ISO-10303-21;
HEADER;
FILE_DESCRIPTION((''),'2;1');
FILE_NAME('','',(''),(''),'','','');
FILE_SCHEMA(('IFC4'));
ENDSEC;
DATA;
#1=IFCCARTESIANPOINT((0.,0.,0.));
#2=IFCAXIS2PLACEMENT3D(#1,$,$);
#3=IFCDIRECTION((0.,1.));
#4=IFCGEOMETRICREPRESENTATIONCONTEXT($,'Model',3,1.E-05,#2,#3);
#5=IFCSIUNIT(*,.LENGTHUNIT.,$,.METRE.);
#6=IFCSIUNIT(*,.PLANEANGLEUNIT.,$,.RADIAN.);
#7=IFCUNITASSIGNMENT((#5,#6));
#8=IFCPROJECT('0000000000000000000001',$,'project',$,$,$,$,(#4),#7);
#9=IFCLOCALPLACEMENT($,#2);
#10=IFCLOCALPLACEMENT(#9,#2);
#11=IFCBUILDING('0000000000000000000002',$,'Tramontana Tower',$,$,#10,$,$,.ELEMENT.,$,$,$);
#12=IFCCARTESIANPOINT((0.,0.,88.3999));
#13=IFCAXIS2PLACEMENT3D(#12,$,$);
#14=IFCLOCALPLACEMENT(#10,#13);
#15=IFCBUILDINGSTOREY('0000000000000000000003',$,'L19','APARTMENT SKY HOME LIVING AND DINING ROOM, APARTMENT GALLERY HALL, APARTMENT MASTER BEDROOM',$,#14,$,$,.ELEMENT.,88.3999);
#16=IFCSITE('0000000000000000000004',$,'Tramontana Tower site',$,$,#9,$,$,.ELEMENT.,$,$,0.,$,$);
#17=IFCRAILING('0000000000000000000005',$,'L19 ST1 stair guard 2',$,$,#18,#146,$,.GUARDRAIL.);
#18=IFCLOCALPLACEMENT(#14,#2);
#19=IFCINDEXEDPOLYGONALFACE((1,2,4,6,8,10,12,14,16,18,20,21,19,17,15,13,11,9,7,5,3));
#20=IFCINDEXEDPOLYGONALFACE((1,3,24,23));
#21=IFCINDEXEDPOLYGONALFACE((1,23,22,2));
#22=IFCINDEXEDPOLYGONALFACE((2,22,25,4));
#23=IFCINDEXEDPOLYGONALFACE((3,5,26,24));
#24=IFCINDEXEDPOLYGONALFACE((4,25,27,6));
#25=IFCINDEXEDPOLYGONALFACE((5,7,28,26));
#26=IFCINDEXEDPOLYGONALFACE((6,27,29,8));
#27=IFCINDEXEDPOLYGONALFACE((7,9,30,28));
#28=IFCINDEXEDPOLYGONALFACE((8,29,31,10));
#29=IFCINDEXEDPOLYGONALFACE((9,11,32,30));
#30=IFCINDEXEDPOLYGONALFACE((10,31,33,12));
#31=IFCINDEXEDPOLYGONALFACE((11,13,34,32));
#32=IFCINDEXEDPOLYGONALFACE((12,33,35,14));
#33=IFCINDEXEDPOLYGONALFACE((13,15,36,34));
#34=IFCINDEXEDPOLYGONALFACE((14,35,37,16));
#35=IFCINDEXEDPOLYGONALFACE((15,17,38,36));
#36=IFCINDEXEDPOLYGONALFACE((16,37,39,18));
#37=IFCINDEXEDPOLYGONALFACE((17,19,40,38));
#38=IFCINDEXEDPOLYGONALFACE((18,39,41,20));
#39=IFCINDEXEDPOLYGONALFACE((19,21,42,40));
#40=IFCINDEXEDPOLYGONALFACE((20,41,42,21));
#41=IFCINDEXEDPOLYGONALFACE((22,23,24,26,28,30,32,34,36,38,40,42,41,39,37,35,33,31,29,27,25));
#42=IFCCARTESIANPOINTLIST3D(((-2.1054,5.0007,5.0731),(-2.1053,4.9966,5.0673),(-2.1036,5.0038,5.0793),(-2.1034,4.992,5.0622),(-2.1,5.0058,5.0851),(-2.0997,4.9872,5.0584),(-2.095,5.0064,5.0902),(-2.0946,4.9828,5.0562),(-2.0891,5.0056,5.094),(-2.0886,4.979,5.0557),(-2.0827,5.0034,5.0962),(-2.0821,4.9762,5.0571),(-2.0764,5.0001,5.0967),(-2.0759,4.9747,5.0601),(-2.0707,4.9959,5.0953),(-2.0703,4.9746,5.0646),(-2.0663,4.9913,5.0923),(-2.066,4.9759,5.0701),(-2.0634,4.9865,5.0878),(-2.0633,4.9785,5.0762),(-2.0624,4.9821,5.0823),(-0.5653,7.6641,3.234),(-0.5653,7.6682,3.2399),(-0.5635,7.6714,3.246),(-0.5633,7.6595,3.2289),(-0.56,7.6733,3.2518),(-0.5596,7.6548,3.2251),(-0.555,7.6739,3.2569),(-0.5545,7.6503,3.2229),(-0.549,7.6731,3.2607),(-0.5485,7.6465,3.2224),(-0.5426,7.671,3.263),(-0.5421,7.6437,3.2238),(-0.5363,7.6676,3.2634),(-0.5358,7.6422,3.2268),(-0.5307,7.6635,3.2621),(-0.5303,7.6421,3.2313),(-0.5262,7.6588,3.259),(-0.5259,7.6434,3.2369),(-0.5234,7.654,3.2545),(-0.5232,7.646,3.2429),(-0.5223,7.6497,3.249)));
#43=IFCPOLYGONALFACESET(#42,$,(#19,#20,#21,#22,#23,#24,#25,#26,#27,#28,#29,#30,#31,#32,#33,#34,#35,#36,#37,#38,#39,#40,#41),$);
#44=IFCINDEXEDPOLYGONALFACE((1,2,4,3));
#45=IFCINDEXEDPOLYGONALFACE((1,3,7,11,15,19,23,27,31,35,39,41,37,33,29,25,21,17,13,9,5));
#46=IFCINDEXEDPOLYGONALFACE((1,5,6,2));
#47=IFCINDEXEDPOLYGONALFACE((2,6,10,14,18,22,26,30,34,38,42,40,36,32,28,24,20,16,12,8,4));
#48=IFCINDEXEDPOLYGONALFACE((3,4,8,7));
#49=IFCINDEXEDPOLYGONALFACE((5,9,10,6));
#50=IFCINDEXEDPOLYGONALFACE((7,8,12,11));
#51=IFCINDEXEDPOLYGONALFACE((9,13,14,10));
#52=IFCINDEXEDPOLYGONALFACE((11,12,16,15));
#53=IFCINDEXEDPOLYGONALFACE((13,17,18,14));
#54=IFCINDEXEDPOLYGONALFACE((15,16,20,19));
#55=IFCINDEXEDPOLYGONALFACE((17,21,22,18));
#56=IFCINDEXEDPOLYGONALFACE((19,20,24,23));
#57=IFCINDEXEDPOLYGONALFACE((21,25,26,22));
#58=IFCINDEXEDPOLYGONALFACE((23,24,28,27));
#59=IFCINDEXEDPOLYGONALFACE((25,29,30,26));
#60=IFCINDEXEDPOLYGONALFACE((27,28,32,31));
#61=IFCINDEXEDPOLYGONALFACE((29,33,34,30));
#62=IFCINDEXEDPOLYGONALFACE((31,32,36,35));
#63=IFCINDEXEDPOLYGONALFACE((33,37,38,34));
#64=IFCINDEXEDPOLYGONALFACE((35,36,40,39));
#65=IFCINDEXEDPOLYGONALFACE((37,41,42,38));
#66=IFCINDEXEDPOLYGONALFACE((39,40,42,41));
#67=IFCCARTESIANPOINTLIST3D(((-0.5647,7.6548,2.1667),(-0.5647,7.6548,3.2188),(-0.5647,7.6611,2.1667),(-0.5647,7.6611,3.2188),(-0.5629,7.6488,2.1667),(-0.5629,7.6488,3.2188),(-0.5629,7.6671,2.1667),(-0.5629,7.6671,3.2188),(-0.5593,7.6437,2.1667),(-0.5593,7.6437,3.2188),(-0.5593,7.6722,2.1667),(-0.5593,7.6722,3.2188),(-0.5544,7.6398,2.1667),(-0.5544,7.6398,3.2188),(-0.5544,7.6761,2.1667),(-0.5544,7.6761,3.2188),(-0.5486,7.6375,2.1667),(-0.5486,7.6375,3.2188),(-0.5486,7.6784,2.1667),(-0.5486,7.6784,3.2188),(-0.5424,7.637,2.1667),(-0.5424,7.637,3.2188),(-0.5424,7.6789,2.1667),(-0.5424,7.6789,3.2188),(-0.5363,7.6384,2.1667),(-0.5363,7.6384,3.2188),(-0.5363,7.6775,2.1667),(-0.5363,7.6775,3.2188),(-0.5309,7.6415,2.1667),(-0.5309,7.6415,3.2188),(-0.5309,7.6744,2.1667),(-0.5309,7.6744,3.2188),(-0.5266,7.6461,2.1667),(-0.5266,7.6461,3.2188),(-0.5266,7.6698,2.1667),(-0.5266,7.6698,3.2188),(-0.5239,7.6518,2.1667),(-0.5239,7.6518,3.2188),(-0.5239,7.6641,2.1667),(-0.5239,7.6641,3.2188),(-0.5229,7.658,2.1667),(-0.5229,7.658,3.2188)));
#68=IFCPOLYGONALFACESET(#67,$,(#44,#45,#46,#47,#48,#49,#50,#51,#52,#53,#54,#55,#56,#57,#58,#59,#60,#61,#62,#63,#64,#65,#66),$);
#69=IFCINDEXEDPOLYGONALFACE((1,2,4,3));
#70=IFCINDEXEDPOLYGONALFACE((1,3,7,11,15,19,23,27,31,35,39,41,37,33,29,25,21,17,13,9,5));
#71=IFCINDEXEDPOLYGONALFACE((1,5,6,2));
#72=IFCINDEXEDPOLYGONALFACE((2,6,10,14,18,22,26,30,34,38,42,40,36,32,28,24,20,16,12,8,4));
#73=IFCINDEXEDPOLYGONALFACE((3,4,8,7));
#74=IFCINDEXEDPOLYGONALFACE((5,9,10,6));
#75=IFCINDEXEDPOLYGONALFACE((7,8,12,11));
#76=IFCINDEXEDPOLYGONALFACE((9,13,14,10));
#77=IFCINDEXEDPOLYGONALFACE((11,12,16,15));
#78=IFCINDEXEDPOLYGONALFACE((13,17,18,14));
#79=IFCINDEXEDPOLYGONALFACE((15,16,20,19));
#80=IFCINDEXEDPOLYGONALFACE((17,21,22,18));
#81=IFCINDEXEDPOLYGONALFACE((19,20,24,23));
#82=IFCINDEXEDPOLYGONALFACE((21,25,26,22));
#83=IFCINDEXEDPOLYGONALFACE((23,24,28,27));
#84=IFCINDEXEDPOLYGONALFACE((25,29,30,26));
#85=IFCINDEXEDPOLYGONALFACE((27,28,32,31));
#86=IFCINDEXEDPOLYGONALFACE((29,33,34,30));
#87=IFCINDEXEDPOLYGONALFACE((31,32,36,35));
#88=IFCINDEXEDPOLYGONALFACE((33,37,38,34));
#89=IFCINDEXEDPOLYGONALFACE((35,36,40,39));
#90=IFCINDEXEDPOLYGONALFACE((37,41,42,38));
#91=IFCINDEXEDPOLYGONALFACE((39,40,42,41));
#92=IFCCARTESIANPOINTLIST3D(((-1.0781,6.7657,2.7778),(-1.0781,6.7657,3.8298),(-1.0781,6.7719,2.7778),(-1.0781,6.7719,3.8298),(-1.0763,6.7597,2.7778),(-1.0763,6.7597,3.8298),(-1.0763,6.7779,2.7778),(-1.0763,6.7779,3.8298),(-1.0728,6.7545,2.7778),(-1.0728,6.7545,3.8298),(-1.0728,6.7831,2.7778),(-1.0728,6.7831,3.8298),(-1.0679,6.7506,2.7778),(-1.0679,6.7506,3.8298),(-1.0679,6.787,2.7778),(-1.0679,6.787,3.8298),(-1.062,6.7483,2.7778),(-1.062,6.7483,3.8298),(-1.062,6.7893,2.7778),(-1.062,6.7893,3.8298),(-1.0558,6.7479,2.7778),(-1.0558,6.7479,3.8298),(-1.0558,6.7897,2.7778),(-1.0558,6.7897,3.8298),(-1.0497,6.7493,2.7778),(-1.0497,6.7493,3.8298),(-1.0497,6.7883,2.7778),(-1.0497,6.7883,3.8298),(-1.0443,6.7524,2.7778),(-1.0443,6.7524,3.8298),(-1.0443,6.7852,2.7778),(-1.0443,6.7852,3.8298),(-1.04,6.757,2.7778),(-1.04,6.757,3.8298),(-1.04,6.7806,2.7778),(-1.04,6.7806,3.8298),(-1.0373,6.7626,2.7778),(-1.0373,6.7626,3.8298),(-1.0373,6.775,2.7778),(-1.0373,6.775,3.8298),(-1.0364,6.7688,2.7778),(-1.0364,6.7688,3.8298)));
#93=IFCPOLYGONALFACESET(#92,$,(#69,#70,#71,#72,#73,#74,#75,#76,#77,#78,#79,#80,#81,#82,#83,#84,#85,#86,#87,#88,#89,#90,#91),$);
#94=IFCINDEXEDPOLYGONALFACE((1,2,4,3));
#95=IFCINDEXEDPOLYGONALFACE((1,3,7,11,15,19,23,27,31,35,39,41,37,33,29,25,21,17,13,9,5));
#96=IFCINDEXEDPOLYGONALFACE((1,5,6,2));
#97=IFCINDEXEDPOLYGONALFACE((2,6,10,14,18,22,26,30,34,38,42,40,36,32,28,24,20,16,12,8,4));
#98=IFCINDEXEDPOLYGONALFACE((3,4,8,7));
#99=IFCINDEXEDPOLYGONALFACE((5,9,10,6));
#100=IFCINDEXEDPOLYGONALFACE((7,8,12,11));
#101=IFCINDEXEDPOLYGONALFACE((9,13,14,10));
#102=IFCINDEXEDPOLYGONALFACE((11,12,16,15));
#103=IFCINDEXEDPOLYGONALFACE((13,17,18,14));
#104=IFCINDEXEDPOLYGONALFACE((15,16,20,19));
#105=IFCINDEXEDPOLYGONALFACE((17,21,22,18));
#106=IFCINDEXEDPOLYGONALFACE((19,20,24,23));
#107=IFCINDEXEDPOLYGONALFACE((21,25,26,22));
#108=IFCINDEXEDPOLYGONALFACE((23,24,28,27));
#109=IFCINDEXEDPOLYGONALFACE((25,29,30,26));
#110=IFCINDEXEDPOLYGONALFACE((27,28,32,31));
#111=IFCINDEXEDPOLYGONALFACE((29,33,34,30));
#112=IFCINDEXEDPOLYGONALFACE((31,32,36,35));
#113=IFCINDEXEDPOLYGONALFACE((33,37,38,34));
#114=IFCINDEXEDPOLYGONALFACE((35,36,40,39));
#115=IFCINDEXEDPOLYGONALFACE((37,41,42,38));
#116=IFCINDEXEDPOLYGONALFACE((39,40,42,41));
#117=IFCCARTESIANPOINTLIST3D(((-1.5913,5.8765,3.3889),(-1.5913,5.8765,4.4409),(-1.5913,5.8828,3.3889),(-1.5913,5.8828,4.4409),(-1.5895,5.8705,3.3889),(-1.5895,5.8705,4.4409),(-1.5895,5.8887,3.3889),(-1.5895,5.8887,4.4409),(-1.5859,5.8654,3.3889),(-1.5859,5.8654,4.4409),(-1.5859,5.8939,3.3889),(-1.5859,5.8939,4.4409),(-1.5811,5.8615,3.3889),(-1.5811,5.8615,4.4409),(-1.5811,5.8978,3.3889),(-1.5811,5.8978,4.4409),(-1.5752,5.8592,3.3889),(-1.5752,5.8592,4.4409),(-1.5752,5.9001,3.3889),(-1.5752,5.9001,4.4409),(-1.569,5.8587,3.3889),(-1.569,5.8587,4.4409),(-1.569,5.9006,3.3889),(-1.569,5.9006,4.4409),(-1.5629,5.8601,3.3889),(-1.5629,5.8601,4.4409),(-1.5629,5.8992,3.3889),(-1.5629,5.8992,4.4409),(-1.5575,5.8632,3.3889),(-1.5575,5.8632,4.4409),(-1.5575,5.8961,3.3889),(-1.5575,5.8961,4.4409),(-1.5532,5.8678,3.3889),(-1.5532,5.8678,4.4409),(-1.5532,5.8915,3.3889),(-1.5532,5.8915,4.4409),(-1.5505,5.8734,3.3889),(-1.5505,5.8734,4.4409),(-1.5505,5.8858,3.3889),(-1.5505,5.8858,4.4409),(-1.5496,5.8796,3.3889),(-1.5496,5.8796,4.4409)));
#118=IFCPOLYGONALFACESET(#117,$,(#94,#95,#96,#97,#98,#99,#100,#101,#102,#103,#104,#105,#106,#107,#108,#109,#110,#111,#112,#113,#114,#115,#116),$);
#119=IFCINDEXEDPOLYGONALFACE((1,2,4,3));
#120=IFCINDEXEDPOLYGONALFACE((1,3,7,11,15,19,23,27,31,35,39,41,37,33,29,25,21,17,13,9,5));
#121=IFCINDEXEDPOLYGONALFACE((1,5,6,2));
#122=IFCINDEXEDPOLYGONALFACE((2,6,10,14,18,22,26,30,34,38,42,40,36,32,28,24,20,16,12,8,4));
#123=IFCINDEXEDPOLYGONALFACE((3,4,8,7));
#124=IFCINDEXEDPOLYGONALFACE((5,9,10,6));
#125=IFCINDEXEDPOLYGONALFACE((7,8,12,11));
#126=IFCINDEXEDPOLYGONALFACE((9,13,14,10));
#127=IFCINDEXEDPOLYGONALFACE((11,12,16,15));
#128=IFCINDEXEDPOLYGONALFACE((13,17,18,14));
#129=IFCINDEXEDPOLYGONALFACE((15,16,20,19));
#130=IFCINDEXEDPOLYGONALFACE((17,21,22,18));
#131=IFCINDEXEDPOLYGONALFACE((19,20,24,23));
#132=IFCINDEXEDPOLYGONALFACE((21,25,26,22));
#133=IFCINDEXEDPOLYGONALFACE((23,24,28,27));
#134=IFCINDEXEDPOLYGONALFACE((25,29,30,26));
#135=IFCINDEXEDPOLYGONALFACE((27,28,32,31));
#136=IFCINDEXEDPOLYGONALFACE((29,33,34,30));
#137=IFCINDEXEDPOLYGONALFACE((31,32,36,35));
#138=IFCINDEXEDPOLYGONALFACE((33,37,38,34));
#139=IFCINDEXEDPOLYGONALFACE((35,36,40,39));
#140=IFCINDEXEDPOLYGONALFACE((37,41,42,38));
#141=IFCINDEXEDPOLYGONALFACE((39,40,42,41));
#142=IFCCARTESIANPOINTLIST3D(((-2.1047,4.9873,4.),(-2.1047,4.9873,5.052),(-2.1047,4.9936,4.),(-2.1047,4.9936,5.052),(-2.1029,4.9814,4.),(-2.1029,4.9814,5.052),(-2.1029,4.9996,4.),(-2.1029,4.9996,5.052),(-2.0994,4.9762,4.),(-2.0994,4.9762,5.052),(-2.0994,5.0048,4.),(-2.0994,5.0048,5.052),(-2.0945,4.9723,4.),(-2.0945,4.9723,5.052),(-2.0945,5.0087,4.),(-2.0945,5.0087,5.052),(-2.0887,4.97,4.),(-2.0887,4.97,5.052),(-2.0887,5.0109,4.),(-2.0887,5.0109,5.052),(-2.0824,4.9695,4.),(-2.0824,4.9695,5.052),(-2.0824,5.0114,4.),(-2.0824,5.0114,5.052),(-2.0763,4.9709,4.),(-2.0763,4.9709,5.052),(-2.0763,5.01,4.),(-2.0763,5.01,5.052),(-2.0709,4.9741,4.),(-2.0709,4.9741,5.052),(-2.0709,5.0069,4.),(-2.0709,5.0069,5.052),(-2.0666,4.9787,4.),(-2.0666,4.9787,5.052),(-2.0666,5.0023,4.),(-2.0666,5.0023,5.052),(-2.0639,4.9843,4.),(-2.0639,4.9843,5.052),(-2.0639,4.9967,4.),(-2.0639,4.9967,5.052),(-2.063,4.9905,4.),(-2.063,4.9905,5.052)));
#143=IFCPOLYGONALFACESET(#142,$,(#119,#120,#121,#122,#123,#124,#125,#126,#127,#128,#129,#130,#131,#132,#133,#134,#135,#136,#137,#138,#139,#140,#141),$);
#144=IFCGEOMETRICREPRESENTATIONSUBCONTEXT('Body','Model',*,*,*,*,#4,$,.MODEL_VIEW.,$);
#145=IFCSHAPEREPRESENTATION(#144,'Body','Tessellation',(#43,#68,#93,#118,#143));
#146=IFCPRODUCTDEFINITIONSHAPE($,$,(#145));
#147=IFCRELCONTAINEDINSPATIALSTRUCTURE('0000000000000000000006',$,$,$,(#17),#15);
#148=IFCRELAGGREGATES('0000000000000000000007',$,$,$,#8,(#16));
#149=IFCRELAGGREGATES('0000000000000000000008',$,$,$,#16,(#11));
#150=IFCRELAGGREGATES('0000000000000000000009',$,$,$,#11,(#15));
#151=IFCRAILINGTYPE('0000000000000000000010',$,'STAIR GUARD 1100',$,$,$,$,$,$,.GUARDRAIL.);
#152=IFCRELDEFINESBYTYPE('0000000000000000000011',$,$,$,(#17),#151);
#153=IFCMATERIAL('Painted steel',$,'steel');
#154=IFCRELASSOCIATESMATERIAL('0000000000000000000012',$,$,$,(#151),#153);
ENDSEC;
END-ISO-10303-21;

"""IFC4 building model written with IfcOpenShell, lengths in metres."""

from ifc_helpers import new_model, si_unit, direction, frame, origin, origin_2d, place, context, subcontext, project, spatial, circle, extrude, material, type_object, element, save


model = new_model("IFC4")

# Units and contexts
model_context = context("Model", 3, precision=1e-05, world=origin(), true_north=direction((0.0, 1.0)))
body_context = subcontext(model_context, "Body", "Model", "MODEL_VIEW")
ifc_project = project(units=[si_unit("LENGTHUNIT", "METRE"), si_unit("PLANEANGLEUNIT", "RADIAN")], contexts=[model_context])

# Site, building, storey
site_placement = place(None, origin())
site = spatial("IfcSite", under=ifc_project, at=site_placement, Name="Tramontana Tower site", CompositionType="ELEMENT", RefElevation=0.0)
building_placement = place(site_placement, origin())
building = spatial("IfcBuilding", under=site, at=building_placement, Name="Tramontana Tower", CompositionType="ELEMENT")
storey_placement = place(building_placement, frame((0.0, 0.0, 88.3999)))
storey = spatial("IfcBuildingStorey", under=building, at=storey_placement, Name="L19", Description="APARTMENT SKY HOME LIVING AND DINING ROOM, APARTMENT GALLERY HALL, APARTMENT MASTER BEDROOM", CompositionType="ELEMENT", Elevation=88.3999)

# Railing
ifc_material_1 = material(Name="Painted steel", Category="steel")
railing_type_1 = type_object("IfcRailingType", Name="STAIR GUARD 1100", PredefinedType="GUARDRAIL", material=ifc_material_1)
railing_1_placement = place(storey_placement, frame((-0.5439, 7.658, 2.1667)))
element("IfcRailing", 1, at=railing_1_placement, inside=storey, type_object=railing_type_1, Name="L19 ST1 stair guard 2", PredefinedType="GUARDRAIL", context=body_context, shape_type="SweptSolid", body=[
    extrude(circle(Radius=0.0239, at=origin_2d()), frame((0.0, 0.0, 1.0762), z_axis=(-0.429649, -0.74419, 0.511452), x_axis=(0.86603, -0.499992, 0.0)), (0.0, 0.0, 1.0), 3.5845),
    extrude(circle(Radius=0.021, at=origin_2d()), origin(), (0.0, 0.0, 1.0), 1.052),
    extrude(circle(Radius=0.021, at=origin_2d()), frame((-0.5134, -0.8892, 0.6111)), (0.0, 0.0, 1.0), 1.052),
    extrude(circle(Radius=0.021, at=origin_2d()), frame((-1.0266, -1.7783, 1.2222)), (0.0, 0.0, 1.0), 1.052),
    extrude(circle(Radius=0.021, at=origin_2d()), frame((-1.54, -2.6675, 1.8333)), (0.0, 0.0, 1.0), 1.052),
])

save(model, "model.ifc")
